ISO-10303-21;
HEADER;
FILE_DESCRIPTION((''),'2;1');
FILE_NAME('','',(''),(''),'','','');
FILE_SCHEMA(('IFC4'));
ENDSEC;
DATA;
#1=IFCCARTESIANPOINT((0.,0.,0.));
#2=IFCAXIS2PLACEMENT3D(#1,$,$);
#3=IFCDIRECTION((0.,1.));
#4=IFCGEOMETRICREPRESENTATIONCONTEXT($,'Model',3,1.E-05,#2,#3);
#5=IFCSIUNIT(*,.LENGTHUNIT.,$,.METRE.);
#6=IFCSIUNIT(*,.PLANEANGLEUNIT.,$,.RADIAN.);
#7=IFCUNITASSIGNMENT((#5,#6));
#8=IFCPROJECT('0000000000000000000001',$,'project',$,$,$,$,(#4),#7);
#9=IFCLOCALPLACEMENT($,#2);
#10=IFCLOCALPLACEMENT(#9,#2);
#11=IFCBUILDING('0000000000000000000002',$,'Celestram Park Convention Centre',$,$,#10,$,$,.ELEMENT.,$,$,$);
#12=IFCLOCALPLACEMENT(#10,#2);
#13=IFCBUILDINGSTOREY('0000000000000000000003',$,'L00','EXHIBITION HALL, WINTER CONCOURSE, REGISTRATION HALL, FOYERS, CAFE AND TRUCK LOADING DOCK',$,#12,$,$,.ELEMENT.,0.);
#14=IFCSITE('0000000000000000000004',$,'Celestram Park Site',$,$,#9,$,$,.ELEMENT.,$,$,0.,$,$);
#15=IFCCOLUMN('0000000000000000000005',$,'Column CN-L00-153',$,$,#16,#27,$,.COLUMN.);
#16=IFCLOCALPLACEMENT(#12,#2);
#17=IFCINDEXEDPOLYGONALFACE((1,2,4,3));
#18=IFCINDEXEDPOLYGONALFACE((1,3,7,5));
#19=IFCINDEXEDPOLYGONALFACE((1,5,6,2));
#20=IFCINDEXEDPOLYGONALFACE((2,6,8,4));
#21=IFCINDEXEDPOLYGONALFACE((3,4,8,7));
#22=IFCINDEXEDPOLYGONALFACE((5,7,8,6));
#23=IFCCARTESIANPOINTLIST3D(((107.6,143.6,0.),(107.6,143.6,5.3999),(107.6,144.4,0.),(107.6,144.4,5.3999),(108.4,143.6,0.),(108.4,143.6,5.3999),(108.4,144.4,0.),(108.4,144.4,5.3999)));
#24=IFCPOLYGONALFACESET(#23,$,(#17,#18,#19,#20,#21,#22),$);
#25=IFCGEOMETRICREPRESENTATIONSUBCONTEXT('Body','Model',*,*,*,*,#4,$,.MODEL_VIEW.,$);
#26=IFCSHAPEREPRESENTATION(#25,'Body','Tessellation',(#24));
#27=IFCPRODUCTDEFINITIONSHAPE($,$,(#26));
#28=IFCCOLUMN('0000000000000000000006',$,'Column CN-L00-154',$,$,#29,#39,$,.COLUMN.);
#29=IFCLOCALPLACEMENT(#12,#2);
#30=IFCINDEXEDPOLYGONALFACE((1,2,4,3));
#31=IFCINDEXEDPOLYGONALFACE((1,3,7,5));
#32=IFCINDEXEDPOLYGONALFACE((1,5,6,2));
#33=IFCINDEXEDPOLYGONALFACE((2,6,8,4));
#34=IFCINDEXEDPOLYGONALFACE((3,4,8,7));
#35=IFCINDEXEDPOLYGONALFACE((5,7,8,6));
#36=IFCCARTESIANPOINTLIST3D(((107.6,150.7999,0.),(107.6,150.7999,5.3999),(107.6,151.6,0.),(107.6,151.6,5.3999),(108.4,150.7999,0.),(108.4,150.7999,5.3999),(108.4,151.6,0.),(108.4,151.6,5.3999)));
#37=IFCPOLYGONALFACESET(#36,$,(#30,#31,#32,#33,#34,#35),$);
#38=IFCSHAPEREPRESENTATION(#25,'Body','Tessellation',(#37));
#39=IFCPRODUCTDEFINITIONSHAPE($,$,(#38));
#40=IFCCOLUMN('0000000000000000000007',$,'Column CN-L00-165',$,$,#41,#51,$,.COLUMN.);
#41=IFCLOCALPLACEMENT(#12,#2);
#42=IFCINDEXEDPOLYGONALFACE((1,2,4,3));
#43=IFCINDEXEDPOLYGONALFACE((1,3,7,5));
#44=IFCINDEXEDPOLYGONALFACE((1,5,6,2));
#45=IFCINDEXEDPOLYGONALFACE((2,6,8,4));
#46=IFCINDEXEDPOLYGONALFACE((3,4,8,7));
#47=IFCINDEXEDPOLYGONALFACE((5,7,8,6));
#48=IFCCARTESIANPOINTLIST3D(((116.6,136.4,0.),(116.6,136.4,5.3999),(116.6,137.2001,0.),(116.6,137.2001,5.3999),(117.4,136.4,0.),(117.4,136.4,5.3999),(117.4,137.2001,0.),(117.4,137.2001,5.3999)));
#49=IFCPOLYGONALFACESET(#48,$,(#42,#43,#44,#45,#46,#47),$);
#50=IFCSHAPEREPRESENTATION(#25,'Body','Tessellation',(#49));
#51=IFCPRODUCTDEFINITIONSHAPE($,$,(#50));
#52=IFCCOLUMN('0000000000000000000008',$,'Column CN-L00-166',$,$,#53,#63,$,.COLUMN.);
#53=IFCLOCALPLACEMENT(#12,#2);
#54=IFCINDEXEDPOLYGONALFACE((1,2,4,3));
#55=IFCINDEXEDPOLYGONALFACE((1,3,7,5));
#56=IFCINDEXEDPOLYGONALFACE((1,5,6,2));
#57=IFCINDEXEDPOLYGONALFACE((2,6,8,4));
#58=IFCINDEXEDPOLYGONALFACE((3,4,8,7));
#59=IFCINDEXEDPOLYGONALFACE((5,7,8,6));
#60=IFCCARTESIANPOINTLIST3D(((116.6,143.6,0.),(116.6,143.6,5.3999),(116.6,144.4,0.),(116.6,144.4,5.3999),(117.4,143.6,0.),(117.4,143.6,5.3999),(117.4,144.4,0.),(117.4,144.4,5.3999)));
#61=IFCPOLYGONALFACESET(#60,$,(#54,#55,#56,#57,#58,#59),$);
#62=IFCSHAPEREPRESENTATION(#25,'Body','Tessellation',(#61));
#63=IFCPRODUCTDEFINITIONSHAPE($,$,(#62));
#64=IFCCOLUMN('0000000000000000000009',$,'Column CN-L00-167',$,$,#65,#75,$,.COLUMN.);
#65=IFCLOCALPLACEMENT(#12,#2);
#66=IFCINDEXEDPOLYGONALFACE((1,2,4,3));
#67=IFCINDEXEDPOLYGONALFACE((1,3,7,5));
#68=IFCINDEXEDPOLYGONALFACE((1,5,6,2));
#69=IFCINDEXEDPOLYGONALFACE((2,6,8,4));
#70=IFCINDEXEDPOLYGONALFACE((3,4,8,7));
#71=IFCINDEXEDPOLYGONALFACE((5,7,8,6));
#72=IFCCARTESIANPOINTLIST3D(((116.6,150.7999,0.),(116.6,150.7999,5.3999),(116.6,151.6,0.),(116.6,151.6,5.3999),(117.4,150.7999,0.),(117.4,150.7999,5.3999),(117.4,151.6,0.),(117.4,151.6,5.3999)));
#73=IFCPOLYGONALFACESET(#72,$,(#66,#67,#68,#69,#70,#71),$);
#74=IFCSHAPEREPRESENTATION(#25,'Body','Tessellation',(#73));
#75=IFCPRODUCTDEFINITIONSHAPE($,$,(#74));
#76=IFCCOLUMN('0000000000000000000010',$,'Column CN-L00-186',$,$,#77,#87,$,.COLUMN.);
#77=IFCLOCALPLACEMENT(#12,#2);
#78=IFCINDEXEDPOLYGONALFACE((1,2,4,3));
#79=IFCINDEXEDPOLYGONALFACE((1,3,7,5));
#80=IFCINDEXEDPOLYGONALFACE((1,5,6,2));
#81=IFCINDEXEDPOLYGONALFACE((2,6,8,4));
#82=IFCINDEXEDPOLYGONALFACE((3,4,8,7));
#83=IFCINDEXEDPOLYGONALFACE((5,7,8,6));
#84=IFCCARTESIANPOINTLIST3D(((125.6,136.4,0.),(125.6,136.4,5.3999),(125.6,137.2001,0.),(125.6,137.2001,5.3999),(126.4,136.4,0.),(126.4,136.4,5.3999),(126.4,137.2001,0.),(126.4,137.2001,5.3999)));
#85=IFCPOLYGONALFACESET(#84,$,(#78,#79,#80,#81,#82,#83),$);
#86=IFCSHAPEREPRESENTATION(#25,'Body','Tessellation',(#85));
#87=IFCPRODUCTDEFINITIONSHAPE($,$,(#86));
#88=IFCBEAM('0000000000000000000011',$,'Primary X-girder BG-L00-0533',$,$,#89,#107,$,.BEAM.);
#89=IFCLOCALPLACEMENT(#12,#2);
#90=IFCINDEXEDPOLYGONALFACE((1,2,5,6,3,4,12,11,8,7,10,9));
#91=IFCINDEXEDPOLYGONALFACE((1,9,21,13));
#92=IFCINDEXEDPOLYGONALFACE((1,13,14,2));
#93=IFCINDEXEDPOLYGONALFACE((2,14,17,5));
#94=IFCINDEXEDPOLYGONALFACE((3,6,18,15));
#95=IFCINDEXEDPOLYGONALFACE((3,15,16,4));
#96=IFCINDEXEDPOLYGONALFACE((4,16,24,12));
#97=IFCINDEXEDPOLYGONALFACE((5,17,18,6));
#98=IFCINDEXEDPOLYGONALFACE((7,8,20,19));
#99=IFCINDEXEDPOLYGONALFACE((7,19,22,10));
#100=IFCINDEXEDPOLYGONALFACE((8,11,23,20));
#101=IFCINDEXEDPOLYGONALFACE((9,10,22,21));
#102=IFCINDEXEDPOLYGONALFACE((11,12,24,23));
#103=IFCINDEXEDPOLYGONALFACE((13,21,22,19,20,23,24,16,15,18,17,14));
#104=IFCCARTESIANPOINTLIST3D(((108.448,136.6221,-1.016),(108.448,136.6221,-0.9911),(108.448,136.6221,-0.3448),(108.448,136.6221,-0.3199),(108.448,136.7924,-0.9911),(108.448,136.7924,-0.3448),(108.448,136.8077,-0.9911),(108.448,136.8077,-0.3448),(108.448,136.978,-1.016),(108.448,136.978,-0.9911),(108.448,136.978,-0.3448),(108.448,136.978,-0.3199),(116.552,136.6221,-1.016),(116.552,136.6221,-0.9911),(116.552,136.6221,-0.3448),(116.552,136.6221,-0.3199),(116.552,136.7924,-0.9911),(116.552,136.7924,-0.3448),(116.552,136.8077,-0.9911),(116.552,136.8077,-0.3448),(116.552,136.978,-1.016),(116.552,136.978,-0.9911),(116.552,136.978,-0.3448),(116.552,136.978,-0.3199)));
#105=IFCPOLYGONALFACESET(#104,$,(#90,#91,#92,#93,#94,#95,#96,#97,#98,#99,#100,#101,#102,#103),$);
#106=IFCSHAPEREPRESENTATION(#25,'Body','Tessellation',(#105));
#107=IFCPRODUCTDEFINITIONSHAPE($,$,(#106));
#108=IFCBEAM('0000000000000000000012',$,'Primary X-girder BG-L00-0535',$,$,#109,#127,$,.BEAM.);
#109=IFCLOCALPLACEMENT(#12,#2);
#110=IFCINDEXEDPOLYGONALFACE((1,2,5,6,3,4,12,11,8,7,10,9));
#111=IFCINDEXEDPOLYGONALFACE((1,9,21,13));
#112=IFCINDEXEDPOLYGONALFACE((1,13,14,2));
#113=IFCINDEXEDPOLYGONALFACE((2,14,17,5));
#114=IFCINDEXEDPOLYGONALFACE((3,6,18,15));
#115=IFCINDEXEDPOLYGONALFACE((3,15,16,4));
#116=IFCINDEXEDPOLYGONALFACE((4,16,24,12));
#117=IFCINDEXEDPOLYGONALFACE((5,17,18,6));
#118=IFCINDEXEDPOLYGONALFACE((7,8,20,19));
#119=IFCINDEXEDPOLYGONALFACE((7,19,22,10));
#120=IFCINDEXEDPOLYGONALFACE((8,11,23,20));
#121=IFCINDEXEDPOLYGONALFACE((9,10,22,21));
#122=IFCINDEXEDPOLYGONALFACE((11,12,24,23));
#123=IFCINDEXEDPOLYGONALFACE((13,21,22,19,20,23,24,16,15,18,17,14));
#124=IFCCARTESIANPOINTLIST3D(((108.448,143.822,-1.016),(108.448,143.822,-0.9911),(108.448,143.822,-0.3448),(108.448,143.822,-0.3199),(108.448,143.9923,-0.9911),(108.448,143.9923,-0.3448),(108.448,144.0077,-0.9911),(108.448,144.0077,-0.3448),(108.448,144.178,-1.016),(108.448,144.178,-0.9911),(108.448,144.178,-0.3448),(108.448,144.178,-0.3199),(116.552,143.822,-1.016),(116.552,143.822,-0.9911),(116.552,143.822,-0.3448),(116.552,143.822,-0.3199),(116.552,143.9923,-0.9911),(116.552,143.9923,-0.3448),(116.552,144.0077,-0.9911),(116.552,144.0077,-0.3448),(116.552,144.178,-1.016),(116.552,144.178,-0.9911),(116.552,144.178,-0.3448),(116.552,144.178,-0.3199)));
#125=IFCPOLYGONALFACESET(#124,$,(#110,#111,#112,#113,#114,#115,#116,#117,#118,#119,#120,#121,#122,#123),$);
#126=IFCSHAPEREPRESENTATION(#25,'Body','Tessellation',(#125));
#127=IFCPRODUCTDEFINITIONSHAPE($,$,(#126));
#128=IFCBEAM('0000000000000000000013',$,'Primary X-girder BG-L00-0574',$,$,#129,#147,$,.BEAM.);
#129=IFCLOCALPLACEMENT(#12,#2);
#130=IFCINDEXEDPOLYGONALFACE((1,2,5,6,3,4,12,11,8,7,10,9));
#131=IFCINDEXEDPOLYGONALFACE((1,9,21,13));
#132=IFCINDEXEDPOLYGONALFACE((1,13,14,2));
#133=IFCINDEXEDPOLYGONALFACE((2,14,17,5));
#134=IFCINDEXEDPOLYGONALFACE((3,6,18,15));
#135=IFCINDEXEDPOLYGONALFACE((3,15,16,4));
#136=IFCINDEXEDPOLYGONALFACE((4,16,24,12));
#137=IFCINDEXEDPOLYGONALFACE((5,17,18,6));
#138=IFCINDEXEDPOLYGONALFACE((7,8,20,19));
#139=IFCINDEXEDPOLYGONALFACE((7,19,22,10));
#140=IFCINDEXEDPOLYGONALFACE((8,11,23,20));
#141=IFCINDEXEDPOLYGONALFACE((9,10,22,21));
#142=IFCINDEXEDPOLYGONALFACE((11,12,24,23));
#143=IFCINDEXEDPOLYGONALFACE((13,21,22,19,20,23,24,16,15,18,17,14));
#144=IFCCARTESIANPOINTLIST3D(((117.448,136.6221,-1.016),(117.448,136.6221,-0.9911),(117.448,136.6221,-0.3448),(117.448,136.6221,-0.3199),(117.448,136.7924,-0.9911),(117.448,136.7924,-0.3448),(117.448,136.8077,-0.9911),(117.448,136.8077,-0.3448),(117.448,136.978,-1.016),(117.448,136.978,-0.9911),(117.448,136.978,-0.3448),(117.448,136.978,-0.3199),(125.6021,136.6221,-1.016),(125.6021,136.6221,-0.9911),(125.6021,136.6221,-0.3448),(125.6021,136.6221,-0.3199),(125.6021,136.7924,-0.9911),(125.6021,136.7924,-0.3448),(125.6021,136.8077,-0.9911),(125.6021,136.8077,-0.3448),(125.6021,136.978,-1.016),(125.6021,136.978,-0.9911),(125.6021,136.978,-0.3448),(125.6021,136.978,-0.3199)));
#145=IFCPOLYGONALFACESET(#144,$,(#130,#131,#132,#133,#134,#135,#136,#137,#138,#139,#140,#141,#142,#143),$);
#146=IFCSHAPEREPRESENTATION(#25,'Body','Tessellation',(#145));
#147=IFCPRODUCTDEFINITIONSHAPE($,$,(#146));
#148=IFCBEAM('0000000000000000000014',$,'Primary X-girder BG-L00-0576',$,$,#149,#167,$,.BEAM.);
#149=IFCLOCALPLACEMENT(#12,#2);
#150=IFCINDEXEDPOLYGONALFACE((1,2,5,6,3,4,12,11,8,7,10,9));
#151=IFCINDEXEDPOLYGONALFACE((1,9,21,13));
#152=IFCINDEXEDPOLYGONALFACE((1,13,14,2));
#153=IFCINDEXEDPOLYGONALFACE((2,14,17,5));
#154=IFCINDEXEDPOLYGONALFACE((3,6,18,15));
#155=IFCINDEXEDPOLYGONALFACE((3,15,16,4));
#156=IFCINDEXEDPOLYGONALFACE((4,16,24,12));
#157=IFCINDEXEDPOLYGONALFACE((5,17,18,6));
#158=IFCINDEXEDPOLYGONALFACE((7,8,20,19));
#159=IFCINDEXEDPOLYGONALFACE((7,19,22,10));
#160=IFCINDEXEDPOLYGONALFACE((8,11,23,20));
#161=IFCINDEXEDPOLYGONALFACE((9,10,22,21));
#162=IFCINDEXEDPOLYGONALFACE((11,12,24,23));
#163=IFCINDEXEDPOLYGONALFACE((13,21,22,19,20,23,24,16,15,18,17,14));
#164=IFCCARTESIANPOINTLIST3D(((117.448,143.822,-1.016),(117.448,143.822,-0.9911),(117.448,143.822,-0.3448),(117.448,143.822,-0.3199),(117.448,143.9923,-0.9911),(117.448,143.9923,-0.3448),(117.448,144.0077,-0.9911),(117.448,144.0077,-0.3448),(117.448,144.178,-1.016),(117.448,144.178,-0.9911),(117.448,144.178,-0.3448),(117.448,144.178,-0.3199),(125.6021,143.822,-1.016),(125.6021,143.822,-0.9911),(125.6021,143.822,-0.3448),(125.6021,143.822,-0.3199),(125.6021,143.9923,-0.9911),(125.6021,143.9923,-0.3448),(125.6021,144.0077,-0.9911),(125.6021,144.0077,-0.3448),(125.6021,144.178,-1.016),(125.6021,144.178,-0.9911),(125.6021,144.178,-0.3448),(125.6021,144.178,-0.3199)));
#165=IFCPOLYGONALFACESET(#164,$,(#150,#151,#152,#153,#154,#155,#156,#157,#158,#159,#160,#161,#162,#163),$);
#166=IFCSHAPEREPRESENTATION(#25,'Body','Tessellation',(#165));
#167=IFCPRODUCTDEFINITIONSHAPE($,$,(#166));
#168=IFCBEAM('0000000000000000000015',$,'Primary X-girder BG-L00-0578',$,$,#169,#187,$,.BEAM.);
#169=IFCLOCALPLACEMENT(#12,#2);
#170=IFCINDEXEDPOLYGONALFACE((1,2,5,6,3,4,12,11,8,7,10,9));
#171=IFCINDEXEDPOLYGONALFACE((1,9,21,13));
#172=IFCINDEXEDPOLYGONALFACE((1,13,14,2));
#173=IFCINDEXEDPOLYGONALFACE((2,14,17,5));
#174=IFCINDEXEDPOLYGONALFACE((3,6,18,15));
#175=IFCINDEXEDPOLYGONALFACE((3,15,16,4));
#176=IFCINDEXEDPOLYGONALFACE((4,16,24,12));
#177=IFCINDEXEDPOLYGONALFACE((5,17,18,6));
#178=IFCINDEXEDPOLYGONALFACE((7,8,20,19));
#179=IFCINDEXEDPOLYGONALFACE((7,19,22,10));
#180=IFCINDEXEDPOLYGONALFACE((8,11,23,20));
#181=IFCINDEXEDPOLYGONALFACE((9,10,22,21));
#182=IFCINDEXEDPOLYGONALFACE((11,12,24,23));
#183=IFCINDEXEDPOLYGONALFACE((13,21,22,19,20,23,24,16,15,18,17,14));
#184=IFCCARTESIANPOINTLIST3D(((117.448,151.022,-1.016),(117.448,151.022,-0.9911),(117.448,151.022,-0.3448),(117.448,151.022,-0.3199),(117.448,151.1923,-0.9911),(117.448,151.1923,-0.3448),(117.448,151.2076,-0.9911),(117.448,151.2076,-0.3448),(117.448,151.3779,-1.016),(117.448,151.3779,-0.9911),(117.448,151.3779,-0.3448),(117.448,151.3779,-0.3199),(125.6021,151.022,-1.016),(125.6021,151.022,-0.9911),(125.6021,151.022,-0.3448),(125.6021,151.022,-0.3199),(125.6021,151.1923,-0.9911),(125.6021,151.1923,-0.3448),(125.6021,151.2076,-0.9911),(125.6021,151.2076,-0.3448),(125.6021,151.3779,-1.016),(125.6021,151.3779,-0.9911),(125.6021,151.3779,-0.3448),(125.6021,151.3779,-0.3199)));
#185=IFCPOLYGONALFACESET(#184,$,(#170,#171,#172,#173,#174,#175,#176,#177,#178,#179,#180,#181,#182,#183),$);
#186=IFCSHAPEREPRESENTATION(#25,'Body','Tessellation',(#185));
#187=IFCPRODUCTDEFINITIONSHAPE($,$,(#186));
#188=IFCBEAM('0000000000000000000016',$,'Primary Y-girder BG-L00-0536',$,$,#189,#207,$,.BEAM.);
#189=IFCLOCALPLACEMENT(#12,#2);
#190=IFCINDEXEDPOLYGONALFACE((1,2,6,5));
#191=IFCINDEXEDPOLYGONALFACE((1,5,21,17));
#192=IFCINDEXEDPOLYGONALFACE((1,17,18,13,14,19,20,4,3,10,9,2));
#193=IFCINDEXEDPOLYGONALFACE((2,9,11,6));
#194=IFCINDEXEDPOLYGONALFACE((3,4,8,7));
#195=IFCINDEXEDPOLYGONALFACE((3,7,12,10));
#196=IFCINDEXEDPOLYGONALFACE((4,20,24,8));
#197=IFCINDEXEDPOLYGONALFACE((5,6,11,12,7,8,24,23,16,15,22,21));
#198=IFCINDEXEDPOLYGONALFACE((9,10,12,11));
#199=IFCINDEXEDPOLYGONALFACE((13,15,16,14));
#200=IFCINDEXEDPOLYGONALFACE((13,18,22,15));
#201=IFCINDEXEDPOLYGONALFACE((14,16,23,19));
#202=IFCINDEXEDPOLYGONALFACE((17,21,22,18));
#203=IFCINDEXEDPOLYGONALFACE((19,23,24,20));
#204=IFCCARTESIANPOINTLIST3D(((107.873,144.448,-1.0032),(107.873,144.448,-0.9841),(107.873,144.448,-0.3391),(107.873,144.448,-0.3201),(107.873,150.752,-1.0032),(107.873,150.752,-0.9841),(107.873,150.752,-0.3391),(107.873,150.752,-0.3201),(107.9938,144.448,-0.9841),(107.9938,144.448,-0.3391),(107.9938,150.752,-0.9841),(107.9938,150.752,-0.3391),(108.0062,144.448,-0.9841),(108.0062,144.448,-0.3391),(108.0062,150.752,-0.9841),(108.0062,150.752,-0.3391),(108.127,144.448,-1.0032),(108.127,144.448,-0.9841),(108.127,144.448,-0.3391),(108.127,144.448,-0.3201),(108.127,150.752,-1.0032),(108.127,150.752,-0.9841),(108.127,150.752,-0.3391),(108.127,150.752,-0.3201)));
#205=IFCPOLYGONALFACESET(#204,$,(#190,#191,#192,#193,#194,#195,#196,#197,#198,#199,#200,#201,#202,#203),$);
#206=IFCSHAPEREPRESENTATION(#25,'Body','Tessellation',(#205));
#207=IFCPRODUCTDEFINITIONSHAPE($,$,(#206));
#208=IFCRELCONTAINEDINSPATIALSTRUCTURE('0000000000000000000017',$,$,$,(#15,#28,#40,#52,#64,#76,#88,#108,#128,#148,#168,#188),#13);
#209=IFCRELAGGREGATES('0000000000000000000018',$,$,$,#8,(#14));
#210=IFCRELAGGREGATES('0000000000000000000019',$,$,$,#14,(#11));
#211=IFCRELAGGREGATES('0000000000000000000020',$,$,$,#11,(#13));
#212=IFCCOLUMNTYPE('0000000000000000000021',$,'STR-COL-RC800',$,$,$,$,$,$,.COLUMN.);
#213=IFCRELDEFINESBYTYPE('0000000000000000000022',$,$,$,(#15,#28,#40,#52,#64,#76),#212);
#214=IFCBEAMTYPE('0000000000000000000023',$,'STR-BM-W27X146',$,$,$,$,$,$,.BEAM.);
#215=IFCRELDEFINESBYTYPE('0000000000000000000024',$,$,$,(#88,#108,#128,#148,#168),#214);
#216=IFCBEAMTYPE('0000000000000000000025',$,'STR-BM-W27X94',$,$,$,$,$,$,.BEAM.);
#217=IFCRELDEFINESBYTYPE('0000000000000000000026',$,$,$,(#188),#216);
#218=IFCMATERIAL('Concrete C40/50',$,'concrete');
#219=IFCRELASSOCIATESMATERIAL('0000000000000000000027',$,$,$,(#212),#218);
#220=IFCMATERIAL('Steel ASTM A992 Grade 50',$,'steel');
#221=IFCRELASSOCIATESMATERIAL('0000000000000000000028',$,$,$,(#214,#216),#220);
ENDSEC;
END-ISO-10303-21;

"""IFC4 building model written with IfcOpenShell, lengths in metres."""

from ifc_helpers import new_model, si_unit, direction, frame, origin, origin_2d, place, context, subcontext, project, spatial, rectangle, i_section, extrude, material, material_profile, profile_set, type_object, element, save


model = new_model("IFC4")

# Units and contexts
model_context = context("Model", 3, precision=1e-05, world=origin(), true_north=direction((0.0, 1.0)))
body_context = subcontext(model_context, "Body", "Model", "MODEL_VIEW")
ifc_project = project(units=[si_unit("LENGTHUNIT", "METRE"), si_unit("PLANEANGLEUNIT", "RADIAN")], contexts=[model_context])

# Site, building, storey
site_placement = place(None, origin())
site = spatial("IfcSite", under=ifc_project, at=site_placement, Name="Celestram Park Site", CompositionType="ELEMENT", RefElevation=0.0)
building_placement = place(site_placement, origin())
building = spatial("IfcBuilding", under=site, at=building_placement, Name="Celestram Park Convention Centre", CompositionType="ELEMENT")
storey_placement = place(building_placement, origin())
storey = spatial("IfcBuildingStorey", under=building, at=storey_placement, Name="L00", Description="EXHIBITION HALL, WINTER CONCOURSE, REGISTRATION HALL, FOYERS, CAFE AND TRUCK LOADING DOCK", CompositionType="ELEMENT", Elevation=0.0)

# Columns
ifc_material_1 = material(Name="Concrete C40/50", Category="concrete")
ifc_material_profile_1 = material_profile(ifc_material_1, rectangle(XDim=0.8, YDim=0.8, at=origin_2d()), Name="RC800X800")
ifc_profile_set_1 = profile_set([ifc_material_profile_1], Name="Concrete C40/50")
column_type = type_object("IfcColumnType", Name="STR-COL-RC800", PredefinedType="COLUMN", material=ifc_profile_set_1)
for number, where, z_axis, x_axis, name in (
    (1, (108.0, 144.0, 0.0), (0.0, 0.0, 1.0), (1.0, 0.0, 0.0), "Column CN-L00-153"),
    (2, (108.0, 151.2, 0.0), (0.0, 0.0, 1.0), (1.0, 0.0, 0.0), "Column CN-L00-154"),
    (3, (117.0, 136.8, 0.0), (0.0, 0.0, 1.0), (1.0, 0.0, 0.0), "Column CN-L00-165"),
    (4, (117.0, 144.0, 0.0), (0.0, 0.0, 1.0), (1.0, 0.0, 0.0), "Column CN-L00-166"),
    (5, (117.0, 151.2, 0.0), (0.0, 0.0, 1.0), (1.0, 0.0, 0.0), "Column CN-L00-167"),
    (6, (126.0, 136.8, 0.0), (0.0, 0.0, 1.0), (1.0, 0.0, 0.0), "Column CN-L00-186"),
):
    element("IfcColumn", number, at=place(storey_placement, frame(where, z_axis=z_axis, x_axis=x_axis)), inside=storey, type_object=column_type, Name=name, PredefinedType="COLUMN", context=body_context, shape_type="SweptSolid", body=[
        extrude(rectangle(XDim=0.8, YDim=0.8, at=origin_2d()), origin(), (0.0, 0.0, 1.0), 5.3999),
    ])

# Beams
ifc_material_2 = material(Name="Steel ASTM A992 Grade 50", Category="steel")
ifc_material_profile_2 = material_profile(ifc_material_2, i_section(OverallWidth=0.356, OverallDepth=0.696, WebThickness=0.0154, FlangeThickness=0.0249, at=origin_2d()), Name="W27X146")
ifc_profile_set_2 = profile_set([ifc_material_profile_2], Name="Steel ASTM A992 Grade 50")
beam_type_1 = type_object("IfcBeamType", Name="STR-BM-W27X146", PredefinedType="BEAM", material=ifc_profile_set_2)
for number, where, z_axis, x_axis, name in (
    (7, (108.448, 136.8, -0.668), (1.0, 0.0, 0.0), (0.0, 1.0, 0.0), "Primary X-girder BG-L00-0533"),
    (8, (108.448, 144.0, -0.668), (1.0, 0.0, 0.0), (0.0, 1.0, 0.0), "Primary X-girder BG-L00-0535"),
):
    element("IfcBeam", number, at=place(storey_placement, frame(where, z_axis=z_axis, x_axis=x_axis)), inside=storey, type_object=beam_type_1, Name=name, PredefinedType="BEAM", context=body_context, shape_type="SweptSolid", body=[
        extrude(i_section(OverallWidth=0.356, OverallDepth=0.696, WebThickness=0.0154, FlangeThickness=0.0249, at=origin_2d()), origin(), (0.0, 0.0, 1.0), 8.104),
    ])
for number, where, z_axis, x_axis, name in (
    (9, (117.448, 136.8, -0.668), (1.0, 0.0, 0.0), (0.0, 1.0, 0.0), "Primary X-girder BG-L00-0574"),
    (10, (117.448, 144.0, -0.668), (1.0, 0.0, 0.0), (0.0, 1.0, 0.0), "Primary X-girder BG-L00-0576"),
    (11, (117.448, 151.2, -0.668), (1.0, 0.0, 0.0), (0.0, 1.0, 0.0), "Primary X-girder BG-L00-0578"),
):
    element("IfcBeam", number, at=place(storey_placement, frame(where, z_axis=z_axis, x_axis=x_axis)), inside=storey, type_object=beam_type_1, Name=name, PredefinedType="BEAM", context=body_context, shape_type="SweptSolid", body=[
        extrude(i_section(OverallWidth=0.356, OverallDepth=0.696, WebThickness=0.0154, FlangeThickness=0.0249, at=origin_2d()), origin(), (0.0, 0.0, 1.0), 8.1541),
    ])
ifc_material_profile_3 = material_profile(ifc_material_2, i_section(OverallWidth=0.2539, OverallDepth=0.6831, WebThickness=0.0125, FlangeThickness=0.019, at=origin_2d()), Name="W27X94")
ifc_profile_set_3 = profile_set([ifc_material_profile_3], Name="Steel ASTM A992 Grade 50")
beam_type_2 = type_object("IfcBeamType", Name="STR-BM-W27X94", PredefinedType="BEAM", material=ifc_profile_set_3)
for number, where, z_axis, x_axis, name in (
    (12, (108.0, 144.448, -0.6616), (0.0, 1.0, 0.0), (-1.0, 0.0, 0.0), "Primary Y-girder BG-L00-0536"),
):
    element("IfcBeam", number, at=place(storey_placement, frame(where, z_axis=z_axis, x_axis=x_axis)), inside=storey, type_object=beam_type_2, Name=name, PredefinedType="BEAM", context=body_context, shape_type="SweptSolid", body=[
        extrude(i_section(OverallWidth=0.2539, OverallDepth=0.6831, WebThickness=0.0125, FlangeThickness=0.019, at=origin_2d()), origin(), (0.0, 0.0, 1.0), 6.304),
    ])

save(model, "model.ifc")
